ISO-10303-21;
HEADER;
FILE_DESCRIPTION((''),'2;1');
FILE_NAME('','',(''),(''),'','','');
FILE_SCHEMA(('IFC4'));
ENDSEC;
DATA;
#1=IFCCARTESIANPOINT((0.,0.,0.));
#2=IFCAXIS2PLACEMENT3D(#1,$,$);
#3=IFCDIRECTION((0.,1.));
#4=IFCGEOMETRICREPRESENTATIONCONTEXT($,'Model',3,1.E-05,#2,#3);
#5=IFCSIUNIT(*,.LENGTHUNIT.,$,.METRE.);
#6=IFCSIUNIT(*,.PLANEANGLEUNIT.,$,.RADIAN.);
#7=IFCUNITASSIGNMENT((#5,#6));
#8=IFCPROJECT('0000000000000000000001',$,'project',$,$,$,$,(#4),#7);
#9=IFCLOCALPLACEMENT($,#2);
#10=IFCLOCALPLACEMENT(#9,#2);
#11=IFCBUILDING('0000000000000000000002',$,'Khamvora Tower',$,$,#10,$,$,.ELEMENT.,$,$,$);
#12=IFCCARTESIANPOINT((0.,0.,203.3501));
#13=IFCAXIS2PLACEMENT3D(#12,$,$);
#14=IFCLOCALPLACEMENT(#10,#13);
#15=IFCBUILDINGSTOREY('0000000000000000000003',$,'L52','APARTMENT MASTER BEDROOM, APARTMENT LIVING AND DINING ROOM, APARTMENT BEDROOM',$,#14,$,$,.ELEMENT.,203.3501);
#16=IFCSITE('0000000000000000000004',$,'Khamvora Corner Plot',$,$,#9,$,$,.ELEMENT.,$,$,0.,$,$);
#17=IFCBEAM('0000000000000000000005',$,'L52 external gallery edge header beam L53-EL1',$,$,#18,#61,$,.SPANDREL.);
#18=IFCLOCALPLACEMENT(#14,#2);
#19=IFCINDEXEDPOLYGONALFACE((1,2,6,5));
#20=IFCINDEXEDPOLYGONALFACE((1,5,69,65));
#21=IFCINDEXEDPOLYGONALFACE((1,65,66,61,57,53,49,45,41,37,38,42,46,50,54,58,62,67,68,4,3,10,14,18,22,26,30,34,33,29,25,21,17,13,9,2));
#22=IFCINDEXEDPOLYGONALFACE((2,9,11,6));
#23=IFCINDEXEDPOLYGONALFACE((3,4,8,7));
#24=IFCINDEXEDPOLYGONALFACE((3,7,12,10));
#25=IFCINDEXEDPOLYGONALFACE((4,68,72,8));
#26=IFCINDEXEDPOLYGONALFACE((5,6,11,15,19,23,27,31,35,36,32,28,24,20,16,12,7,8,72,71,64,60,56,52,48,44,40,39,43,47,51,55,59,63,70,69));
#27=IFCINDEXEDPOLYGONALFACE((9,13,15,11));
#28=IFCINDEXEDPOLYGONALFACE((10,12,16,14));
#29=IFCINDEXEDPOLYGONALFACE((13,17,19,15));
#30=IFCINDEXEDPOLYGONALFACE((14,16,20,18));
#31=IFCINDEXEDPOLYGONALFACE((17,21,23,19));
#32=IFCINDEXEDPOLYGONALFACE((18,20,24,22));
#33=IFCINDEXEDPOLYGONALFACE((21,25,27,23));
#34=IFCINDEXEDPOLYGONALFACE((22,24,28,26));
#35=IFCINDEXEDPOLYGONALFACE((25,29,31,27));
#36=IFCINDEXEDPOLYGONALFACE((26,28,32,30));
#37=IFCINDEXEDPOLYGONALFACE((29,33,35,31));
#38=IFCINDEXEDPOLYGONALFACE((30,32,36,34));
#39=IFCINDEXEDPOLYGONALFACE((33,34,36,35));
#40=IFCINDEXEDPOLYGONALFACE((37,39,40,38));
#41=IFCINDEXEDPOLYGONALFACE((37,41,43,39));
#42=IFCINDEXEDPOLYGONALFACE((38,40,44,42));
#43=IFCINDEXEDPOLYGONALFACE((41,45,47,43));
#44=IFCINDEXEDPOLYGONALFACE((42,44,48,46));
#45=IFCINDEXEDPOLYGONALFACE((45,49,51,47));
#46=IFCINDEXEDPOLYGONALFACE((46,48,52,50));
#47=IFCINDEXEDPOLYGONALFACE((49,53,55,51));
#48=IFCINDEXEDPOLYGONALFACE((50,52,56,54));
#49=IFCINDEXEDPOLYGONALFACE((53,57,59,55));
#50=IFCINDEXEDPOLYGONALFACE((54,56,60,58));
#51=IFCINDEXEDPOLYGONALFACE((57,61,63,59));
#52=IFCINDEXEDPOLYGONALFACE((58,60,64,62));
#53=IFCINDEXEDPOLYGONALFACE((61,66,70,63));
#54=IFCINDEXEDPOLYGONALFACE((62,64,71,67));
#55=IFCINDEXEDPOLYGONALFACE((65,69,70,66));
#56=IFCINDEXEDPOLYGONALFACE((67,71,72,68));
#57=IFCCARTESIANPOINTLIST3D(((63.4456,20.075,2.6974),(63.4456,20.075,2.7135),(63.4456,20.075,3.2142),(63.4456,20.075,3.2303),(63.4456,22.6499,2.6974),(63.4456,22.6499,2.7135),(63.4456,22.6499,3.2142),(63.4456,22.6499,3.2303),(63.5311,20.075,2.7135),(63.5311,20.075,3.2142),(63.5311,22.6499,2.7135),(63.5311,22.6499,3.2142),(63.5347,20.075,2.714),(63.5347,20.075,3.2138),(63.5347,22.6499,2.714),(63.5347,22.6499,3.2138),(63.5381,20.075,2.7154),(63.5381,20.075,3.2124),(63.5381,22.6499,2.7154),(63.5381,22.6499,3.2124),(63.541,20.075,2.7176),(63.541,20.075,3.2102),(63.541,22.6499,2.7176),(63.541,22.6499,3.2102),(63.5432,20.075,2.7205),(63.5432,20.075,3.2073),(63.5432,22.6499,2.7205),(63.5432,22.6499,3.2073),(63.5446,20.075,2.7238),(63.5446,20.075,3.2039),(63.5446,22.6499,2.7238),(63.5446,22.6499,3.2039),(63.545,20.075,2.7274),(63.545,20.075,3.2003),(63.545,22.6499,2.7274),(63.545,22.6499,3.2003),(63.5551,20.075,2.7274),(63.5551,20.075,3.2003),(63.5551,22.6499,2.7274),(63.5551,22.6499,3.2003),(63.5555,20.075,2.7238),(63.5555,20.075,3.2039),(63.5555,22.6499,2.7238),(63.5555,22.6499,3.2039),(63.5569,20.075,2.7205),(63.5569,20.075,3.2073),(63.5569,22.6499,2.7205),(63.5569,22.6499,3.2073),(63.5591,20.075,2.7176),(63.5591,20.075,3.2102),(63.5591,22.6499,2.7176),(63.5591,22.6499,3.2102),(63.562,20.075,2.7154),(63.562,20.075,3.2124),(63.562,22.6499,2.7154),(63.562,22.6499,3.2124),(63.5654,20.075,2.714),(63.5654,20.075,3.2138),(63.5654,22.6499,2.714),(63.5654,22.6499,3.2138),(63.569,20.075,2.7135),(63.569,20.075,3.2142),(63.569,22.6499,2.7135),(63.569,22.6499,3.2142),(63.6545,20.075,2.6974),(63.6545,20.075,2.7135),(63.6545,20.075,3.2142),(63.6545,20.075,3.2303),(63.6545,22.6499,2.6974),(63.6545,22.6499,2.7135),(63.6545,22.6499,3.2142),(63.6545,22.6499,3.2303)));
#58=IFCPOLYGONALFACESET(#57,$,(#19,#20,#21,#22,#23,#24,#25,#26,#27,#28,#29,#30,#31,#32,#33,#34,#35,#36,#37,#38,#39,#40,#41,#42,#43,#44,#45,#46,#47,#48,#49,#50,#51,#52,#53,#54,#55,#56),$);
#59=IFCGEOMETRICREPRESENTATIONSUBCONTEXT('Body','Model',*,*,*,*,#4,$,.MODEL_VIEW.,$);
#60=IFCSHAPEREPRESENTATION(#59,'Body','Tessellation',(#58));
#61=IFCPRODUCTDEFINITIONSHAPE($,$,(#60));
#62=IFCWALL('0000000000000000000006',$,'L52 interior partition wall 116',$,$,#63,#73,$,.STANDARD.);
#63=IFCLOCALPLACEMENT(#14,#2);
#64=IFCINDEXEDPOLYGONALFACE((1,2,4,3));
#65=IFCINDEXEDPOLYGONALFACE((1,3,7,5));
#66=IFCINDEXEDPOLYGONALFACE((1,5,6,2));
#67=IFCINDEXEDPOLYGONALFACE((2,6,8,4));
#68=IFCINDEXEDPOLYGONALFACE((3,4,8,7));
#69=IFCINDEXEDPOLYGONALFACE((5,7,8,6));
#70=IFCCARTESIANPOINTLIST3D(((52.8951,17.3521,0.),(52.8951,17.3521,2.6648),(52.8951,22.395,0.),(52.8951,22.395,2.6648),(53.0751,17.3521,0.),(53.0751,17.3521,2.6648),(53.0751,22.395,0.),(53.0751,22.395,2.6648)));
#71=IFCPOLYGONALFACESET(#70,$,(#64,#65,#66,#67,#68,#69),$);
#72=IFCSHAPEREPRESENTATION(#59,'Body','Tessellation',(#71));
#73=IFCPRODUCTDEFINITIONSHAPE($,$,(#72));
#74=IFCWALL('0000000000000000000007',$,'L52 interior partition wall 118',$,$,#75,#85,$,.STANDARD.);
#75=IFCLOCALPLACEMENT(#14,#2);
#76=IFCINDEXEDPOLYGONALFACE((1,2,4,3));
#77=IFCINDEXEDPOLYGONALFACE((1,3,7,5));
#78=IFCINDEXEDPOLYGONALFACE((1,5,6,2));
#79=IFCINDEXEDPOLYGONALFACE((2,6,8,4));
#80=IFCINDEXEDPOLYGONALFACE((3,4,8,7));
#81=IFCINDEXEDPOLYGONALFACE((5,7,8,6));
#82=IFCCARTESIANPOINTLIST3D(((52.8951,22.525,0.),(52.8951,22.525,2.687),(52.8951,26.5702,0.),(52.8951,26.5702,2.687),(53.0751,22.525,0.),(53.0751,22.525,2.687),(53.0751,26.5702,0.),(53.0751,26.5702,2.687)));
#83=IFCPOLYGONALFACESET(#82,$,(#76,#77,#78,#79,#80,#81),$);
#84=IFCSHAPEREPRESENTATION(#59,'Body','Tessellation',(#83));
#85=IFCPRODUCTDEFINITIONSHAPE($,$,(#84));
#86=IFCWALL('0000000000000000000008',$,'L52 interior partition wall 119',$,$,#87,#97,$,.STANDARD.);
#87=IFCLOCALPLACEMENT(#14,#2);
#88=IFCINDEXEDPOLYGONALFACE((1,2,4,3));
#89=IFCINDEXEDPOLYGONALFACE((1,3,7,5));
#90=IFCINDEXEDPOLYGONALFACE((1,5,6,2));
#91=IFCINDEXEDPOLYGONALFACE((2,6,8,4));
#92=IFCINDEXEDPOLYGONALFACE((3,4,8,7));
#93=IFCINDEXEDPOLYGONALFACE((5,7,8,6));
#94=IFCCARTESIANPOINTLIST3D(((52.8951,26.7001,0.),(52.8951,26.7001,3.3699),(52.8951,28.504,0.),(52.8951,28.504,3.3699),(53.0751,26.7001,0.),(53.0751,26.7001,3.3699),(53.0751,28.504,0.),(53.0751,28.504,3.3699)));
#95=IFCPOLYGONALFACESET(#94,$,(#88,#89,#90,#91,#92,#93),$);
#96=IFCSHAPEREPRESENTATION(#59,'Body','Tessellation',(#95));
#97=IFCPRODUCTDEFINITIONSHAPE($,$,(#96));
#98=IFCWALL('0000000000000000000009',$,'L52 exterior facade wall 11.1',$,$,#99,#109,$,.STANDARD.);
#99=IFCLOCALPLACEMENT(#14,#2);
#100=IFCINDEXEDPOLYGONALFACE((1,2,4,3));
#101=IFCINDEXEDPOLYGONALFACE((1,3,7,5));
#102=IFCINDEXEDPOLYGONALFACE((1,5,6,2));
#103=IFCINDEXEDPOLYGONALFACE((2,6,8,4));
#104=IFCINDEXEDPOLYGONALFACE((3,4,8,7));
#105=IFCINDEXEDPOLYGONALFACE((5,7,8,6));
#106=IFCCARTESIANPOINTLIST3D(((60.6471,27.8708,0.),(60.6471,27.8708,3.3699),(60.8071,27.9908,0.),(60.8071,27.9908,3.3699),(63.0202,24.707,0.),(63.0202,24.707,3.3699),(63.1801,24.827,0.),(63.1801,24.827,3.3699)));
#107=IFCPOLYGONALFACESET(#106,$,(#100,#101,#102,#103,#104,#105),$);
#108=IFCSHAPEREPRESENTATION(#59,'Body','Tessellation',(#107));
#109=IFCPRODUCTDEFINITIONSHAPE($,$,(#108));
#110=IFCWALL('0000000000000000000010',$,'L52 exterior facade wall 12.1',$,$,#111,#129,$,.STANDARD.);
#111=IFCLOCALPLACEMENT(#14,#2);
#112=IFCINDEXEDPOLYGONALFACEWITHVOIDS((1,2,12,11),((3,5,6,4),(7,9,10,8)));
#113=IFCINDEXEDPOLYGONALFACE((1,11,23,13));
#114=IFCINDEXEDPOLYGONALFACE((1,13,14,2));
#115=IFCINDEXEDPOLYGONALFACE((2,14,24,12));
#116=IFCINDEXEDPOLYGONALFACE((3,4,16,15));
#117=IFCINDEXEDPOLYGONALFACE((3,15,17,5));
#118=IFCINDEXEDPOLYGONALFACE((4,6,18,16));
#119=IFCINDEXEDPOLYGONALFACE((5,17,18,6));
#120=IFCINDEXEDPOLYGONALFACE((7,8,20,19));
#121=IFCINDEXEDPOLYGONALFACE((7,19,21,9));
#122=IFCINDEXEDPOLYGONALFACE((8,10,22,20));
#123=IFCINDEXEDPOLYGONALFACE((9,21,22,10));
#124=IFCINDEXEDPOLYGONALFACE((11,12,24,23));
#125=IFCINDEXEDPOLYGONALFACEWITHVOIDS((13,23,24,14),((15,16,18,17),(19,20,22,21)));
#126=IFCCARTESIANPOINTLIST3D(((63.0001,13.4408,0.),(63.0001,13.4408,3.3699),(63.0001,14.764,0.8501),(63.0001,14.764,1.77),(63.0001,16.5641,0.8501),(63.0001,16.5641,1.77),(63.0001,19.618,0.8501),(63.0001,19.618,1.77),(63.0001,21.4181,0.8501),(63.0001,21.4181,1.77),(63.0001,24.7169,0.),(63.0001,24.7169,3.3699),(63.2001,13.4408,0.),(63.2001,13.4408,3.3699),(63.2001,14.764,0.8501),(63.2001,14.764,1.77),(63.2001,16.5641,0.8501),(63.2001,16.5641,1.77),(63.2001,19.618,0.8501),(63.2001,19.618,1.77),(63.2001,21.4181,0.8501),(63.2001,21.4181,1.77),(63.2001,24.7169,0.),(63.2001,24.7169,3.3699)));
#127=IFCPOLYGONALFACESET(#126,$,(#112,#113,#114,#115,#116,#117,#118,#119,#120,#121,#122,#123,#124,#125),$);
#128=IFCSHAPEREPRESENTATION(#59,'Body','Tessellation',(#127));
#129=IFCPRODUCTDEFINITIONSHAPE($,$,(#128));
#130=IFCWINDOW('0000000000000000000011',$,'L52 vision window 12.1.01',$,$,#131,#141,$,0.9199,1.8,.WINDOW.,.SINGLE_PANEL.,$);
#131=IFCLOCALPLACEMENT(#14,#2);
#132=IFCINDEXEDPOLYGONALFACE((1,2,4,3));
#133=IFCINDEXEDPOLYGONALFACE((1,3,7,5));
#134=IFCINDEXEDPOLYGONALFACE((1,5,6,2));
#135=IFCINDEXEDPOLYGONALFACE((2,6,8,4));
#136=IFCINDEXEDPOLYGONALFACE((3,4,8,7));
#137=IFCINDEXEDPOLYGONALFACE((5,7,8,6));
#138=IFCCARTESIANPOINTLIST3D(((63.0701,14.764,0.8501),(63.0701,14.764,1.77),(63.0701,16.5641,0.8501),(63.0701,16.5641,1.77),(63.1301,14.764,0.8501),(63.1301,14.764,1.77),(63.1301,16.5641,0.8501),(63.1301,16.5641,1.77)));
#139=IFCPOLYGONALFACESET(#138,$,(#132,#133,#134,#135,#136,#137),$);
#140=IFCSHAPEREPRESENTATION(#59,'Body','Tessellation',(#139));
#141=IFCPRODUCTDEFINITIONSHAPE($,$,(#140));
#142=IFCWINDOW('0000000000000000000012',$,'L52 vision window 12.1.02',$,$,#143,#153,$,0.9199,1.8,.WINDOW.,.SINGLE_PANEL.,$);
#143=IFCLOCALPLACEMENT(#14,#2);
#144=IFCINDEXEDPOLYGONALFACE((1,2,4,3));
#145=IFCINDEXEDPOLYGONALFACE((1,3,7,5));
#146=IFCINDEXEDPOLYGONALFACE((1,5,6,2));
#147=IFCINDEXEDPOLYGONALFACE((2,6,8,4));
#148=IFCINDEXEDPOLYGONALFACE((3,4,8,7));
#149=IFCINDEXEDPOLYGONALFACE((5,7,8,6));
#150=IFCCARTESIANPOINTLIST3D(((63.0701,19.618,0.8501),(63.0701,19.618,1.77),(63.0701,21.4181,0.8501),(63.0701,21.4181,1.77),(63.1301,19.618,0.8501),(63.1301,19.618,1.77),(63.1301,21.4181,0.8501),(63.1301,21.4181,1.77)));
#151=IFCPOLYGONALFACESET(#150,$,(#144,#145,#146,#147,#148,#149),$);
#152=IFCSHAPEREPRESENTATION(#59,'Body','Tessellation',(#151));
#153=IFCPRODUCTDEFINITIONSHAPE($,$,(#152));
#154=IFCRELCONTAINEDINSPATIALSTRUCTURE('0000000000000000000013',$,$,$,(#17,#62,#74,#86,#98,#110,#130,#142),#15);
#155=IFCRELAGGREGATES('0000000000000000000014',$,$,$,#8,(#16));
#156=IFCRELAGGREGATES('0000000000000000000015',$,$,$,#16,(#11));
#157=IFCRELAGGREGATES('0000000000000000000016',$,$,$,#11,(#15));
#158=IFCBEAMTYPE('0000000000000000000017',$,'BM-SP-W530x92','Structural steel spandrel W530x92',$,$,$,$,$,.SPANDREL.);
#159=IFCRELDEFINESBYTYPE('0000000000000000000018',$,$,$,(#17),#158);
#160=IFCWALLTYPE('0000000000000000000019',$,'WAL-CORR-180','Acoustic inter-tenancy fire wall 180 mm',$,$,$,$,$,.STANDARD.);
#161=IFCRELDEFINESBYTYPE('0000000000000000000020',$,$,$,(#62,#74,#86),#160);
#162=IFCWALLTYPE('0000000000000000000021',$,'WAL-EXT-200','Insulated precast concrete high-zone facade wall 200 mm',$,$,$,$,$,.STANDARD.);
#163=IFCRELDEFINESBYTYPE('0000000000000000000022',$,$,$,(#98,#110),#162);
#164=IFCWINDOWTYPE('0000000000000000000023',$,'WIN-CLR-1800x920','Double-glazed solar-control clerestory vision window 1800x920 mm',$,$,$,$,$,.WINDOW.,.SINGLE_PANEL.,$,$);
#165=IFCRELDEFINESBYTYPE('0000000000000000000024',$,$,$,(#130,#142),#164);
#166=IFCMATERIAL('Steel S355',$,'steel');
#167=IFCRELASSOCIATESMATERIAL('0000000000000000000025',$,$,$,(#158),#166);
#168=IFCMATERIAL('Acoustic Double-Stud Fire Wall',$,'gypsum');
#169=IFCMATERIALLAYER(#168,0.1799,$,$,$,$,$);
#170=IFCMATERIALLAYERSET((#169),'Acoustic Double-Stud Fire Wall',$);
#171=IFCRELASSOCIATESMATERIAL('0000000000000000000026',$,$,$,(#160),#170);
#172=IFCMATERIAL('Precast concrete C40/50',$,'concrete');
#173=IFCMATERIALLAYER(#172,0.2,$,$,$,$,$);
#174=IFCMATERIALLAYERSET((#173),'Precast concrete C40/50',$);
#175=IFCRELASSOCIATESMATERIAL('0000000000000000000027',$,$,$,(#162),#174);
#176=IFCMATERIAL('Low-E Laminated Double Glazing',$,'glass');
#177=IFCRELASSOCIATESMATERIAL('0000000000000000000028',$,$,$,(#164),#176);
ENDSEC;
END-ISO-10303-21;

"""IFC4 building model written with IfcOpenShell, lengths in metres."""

from ifc_helpers import new_model, si_unit, direction, frame, frame_2d, origin, origin_2d, place, context, subcontext, project, spatial, rectangle, i_section, extrude, material, layer, layer_set, material_profile, profile_set, type_object, element, fill, save


model = new_model("IFC4")

# Units and contexts
model_context = context("Model", 3, precision=1e-05, world=origin(), true_north=direction((0.0, 1.0)))
body_context = subcontext(model_context, "Body", "Model", "MODEL_VIEW")
ifc_project = project(units=[si_unit("LENGTHUNIT", "METRE"), si_unit("PLANEANGLEUNIT", "RADIAN")], contexts=[model_context])

# Site, building, storey
site_placement = place(None, origin())
site = spatial("IfcSite", under=ifc_project, at=site_placement, Name="Khamvora Corner Plot", CompositionType="ELEMENT", RefElevation=0.0)
building_placement = place(site_placement, origin())
building = spatial("IfcBuilding", under=site, at=building_placement, Name="Khamvora Tower", CompositionType="ELEMENT")
storey_placement = place(building_placement, frame((0.0, 0.0, 203.3501)))
storey = spatial("IfcBuildingStorey", under=building, at=storey_placement, Name="L52", Description="APARTMENT MASTER BEDROOM, APARTMENT LIVING AND DINING ROOM, APARTMENT BEDROOM", CompositionType="ELEMENT", Elevation=203.3501)

# Beam
ifc_material_1 = material(Name="Steel S355", Category="steel")
ifc_material_profile_1 = material_profile(ifc_material_1, i_section(OverallWidth=0.209, OverallDepth=0.533, WebThickness=0.01, FlangeThickness=0.0161, FilletRadius=0.0139, at=origin_2d()), Name="W530x92")
ifc_profile_set_1 = profile_set([ifc_material_profile_1], Name="Steel S355")
beam_type_1 = type_object("IfcBeamType", Name="BM-SP-W530x92", Description="Structural steel spandrel W530x92", PredefinedType="SPANDREL", material=ifc_profile_set_1)
beam_1_placement = place(storey_placement, frame((63.55, 20.075, 2.9639), z_axis=(0.0, 1.0, 0.0), x_axis=(-1.0, 0.0, 0.0)))
element("IfcBeam", 1, at=beam_1_placement, inside=storey, type_object=beam_type_1, Name="L52 external gallery edge header beam L53-EL1", PredefinedType="SPANDREL", context=body_context, shape_type="SweptSolid", body=[
    extrude(i_section(OverallWidth=0.209, OverallDepth=0.533, WebThickness=0.01, FlangeThickness=0.0161, FilletRadius=0.0139, at=origin_2d()), origin(), (0.0, 0.0, 1.0), 2.575),
])

# Walls
ifc_material_2 = material(Name="Acoustic Double-Stud Fire Wall", Category="gypsum")
ifc_layer_1 = layer(ifc_material_2, 0.1799)
ifc_layer_set_1 = layer_set([ifc_layer_1], Name="Acoustic Double-Stud Fire Wall")
wall_type_1 = type_object("IfcWallType", Name="WAL-CORR-180", Description="Acoustic inter-tenancy fire wall 180 mm", PredefinedType="STANDARD", material=ifc_layer_set_1)
wall_1_placement = place(storey_placement, frame((52.9851, 22.395, 0.0), z_axis=(0.0, 0.0, 1.0), x_axis=(0.0, -1.0, 0.0)))
element("IfcWall", 2, at=wall_1_placement, inside=storey, type_object=wall_type_1, Name="L52 interior partition wall 116", PredefinedType="STANDARD", context=body_context, shape_type="SweptSolid", body=[
    extrude(rectangle(XDim=5.043, YDim=0.1799, at=frame_2d((2.5215, 0.0))), origin(), (0.0, 0.0, 1.0), 2.6648),
])
wall_2_placement = place(storey_placement, frame((52.9851, 26.5701, 0.0), z_axis=(0.0, 0.0, 1.0), x_axis=(0.0, -1.0, 0.0)))
element("IfcWall", 3, at=wall_2_placement, inside=storey, type_object=wall_type_1, Name="L52 interior partition wall 118", PredefinedType="STANDARD", context=body_context, shape_type="SweptSolid", body=[
    extrude(rectangle(XDim=4.0452, YDim=0.1799, at=frame_2d((2.0225, 0.0))), origin(), (0.0, 0.0, 1.0), 2.687),
])
wall_3_placement = place(storey_placement, frame((52.9851, 28.5039, 0.0), z_axis=(0.0, 0.0, 1.0), x_axis=(0.0, -1.0, 0.0)))
element("IfcWall", 4, at=wall_3_placement, inside=storey, type_object=wall_type_1, Name="L52 interior partition wall 119", PredefinedType="STANDARD", context=body_context, shape_type="SweptSolid", body=[
    extrude(rectangle(XDim=1.804, YDim=0.1799, at=frame_2d((0.9019, 0.0))), origin(), (0.0, 0.0, 1.0), 3.3699),
])
ifc_material_3 = material(Name="Precast concrete C40/50", Category="concrete")
ifc_layer_2 = layer(ifc_material_3, 0.2)
ifc_layer_set_2 = layer_set([ifc_layer_2], Name="Precast concrete C40/50")
wall_type_2 = type_object("IfcWallType", Name="WAL-EXT-200", Description="Insulated precast concrete high-zone facade wall 200 mm", PredefinedType="STANDARD", material=ifc_layer_set_2)
wall_4_placement = place(storey_placement, frame((60.7271, 27.9309, 0.0), z_axis=(0.0, 0.0, 1.0), x_axis=(0.60003, -0.799978, 0.0)))
element("IfcWall", 5, at=wall_4_placement, inside=storey, type_object=wall_type_2, Name="L52 exterior facade wall 11.1", PredefinedType="STANDARD", context=body_context, shape_type="SweptSolid", body=[
    extrude(rectangle(XDim=3.9548, YDim=0.2, at=frame_2d((1.9775, 0.0))), origin(), (0.0, 0.0, 1.0), 3.3699),
])

# Wall, openings, windows
wall_5_placement = place(storey_placement, frame((63.1001, 24.717, 0.0), z_axis=(0.0, 0.0, 1.0), x_axis=(0.0, -1.0, 0.0)))
wall_5 = element("IfcWall", 6, at=wall_5_placement, inside=storey, type_object=wall_type_2, Name="L52 exterior facade wall 12.1", PredefinedType="STANDARD", context=body_context, shape_type="SweptSolid", body=[
    extrude(rectangle(XDim=11.2761, YDim=0.2, at=frame_2d((5.6382, 0.0))), origin(), (0.0, 0.0, 1.0), 3.3699),
])
opening_1_placement = place(wall_5_placement, frame((8.1531, 0.0, 0.8501)))
opening_1 = element("IfcOpeningElement", 7, at=opening_1_placement, cuts=wall_5, PredefinedType="OPENING", context=body_context, shape_type="SweptSolid", body=[
    extrude(rectangle(XDim=1.8, YDim=0.9199, at=frame_2d((0.8999, 0.46))), frame((0.0, 0.1099, 0.0), z_axis=(0.0, -1.0, 0.0), x_axis=(1.0, 0.0, 0.0)), (0.0, 0.0, 1.0), 0.22),
])
opening_2_placement = place(wall_5_placement, frame((3.2991, 0.0, 0.8501)))
opening_2 = element("IfcOpeningElement", 8, at=opening_2_placement, cuts=wall_5, PredefinedType="OPENING", context=body_context, shape_type="SweptSolid", body=[
    extrude(rectangle(XDim=1.8, YDim=0.9199, at=frame_2d((0.8999, 0.46))), frame((0.0, 0.1099, 0.0), z_axis=(0.0, -1.0, 0.0), x_axis=(1.0, 0.0, 0.0)), (0.0, 0.0, 1.0), 0.22),
])
ifc_material_4 = material(Name="Low-E Laminated Double Glazing", Category="glass")
window_type = type_object("IfcWindowType", Name="WIN-CLR-1800x920", Description="Double-glazed solar-control clerestory vision window 1800x920 mm", PartitioningType="SINGLE_PANEL", PredefinedType="WINDOW", material=ifc_material_4)
window_1_placement = place(opening_1_placement, origin())
window_1 = element("IfcWindow", 9, at=window_1_placement, inside=storey, type_object=window_type, Name="L52 vision window 12.1.01", OverallHeight=0.9199, OverallWidth=1.8, PartitioningType="SINGLE_PANEL", PredefinedType="WINDOW", context=body_context, shape_type="SweptSolid", body=[
    extrude(rectangle(XDim=1.8, YDim=0.9199, at=frame_2d((0.8999, 0.46))), frame((0.0, 0.03, 0.0), z_axis=(0.0, -1.0, 0.0), x_axis=(1.0, 0.0, 0.0)), (0.0, 0.0, 1.0), 0.0601),
])
fill(opening_1, window_1)
window_2_placement = place(opening_2_placement, origin())
window_2 = element("IfcWindow", 10, at=window_2_placement, inside=storey, type_object=window_type, Name="L52 vision window 12.1.02", OverallHeight=0.9199, OverallWidth=1.8, PartitioningType="SINGLE_PANEL", PredefinedType="WINDOW", context=body_context, shape_type="SweptSolid", body=[
    extrude(rectangle(XDim=1.8, YDim=0.9199, at=frame_2d((0.8999, 0.46))), frame((0.0, 0.03, 0.0), z_axis=(0.0, -1.0, 0.0), x_axis=(1.0, 0.0, 0.0)), (0.0, 0.0, 1.0), 0.0601),
])
fill(opening_2, window_2)

save(model, "model.ifc")
